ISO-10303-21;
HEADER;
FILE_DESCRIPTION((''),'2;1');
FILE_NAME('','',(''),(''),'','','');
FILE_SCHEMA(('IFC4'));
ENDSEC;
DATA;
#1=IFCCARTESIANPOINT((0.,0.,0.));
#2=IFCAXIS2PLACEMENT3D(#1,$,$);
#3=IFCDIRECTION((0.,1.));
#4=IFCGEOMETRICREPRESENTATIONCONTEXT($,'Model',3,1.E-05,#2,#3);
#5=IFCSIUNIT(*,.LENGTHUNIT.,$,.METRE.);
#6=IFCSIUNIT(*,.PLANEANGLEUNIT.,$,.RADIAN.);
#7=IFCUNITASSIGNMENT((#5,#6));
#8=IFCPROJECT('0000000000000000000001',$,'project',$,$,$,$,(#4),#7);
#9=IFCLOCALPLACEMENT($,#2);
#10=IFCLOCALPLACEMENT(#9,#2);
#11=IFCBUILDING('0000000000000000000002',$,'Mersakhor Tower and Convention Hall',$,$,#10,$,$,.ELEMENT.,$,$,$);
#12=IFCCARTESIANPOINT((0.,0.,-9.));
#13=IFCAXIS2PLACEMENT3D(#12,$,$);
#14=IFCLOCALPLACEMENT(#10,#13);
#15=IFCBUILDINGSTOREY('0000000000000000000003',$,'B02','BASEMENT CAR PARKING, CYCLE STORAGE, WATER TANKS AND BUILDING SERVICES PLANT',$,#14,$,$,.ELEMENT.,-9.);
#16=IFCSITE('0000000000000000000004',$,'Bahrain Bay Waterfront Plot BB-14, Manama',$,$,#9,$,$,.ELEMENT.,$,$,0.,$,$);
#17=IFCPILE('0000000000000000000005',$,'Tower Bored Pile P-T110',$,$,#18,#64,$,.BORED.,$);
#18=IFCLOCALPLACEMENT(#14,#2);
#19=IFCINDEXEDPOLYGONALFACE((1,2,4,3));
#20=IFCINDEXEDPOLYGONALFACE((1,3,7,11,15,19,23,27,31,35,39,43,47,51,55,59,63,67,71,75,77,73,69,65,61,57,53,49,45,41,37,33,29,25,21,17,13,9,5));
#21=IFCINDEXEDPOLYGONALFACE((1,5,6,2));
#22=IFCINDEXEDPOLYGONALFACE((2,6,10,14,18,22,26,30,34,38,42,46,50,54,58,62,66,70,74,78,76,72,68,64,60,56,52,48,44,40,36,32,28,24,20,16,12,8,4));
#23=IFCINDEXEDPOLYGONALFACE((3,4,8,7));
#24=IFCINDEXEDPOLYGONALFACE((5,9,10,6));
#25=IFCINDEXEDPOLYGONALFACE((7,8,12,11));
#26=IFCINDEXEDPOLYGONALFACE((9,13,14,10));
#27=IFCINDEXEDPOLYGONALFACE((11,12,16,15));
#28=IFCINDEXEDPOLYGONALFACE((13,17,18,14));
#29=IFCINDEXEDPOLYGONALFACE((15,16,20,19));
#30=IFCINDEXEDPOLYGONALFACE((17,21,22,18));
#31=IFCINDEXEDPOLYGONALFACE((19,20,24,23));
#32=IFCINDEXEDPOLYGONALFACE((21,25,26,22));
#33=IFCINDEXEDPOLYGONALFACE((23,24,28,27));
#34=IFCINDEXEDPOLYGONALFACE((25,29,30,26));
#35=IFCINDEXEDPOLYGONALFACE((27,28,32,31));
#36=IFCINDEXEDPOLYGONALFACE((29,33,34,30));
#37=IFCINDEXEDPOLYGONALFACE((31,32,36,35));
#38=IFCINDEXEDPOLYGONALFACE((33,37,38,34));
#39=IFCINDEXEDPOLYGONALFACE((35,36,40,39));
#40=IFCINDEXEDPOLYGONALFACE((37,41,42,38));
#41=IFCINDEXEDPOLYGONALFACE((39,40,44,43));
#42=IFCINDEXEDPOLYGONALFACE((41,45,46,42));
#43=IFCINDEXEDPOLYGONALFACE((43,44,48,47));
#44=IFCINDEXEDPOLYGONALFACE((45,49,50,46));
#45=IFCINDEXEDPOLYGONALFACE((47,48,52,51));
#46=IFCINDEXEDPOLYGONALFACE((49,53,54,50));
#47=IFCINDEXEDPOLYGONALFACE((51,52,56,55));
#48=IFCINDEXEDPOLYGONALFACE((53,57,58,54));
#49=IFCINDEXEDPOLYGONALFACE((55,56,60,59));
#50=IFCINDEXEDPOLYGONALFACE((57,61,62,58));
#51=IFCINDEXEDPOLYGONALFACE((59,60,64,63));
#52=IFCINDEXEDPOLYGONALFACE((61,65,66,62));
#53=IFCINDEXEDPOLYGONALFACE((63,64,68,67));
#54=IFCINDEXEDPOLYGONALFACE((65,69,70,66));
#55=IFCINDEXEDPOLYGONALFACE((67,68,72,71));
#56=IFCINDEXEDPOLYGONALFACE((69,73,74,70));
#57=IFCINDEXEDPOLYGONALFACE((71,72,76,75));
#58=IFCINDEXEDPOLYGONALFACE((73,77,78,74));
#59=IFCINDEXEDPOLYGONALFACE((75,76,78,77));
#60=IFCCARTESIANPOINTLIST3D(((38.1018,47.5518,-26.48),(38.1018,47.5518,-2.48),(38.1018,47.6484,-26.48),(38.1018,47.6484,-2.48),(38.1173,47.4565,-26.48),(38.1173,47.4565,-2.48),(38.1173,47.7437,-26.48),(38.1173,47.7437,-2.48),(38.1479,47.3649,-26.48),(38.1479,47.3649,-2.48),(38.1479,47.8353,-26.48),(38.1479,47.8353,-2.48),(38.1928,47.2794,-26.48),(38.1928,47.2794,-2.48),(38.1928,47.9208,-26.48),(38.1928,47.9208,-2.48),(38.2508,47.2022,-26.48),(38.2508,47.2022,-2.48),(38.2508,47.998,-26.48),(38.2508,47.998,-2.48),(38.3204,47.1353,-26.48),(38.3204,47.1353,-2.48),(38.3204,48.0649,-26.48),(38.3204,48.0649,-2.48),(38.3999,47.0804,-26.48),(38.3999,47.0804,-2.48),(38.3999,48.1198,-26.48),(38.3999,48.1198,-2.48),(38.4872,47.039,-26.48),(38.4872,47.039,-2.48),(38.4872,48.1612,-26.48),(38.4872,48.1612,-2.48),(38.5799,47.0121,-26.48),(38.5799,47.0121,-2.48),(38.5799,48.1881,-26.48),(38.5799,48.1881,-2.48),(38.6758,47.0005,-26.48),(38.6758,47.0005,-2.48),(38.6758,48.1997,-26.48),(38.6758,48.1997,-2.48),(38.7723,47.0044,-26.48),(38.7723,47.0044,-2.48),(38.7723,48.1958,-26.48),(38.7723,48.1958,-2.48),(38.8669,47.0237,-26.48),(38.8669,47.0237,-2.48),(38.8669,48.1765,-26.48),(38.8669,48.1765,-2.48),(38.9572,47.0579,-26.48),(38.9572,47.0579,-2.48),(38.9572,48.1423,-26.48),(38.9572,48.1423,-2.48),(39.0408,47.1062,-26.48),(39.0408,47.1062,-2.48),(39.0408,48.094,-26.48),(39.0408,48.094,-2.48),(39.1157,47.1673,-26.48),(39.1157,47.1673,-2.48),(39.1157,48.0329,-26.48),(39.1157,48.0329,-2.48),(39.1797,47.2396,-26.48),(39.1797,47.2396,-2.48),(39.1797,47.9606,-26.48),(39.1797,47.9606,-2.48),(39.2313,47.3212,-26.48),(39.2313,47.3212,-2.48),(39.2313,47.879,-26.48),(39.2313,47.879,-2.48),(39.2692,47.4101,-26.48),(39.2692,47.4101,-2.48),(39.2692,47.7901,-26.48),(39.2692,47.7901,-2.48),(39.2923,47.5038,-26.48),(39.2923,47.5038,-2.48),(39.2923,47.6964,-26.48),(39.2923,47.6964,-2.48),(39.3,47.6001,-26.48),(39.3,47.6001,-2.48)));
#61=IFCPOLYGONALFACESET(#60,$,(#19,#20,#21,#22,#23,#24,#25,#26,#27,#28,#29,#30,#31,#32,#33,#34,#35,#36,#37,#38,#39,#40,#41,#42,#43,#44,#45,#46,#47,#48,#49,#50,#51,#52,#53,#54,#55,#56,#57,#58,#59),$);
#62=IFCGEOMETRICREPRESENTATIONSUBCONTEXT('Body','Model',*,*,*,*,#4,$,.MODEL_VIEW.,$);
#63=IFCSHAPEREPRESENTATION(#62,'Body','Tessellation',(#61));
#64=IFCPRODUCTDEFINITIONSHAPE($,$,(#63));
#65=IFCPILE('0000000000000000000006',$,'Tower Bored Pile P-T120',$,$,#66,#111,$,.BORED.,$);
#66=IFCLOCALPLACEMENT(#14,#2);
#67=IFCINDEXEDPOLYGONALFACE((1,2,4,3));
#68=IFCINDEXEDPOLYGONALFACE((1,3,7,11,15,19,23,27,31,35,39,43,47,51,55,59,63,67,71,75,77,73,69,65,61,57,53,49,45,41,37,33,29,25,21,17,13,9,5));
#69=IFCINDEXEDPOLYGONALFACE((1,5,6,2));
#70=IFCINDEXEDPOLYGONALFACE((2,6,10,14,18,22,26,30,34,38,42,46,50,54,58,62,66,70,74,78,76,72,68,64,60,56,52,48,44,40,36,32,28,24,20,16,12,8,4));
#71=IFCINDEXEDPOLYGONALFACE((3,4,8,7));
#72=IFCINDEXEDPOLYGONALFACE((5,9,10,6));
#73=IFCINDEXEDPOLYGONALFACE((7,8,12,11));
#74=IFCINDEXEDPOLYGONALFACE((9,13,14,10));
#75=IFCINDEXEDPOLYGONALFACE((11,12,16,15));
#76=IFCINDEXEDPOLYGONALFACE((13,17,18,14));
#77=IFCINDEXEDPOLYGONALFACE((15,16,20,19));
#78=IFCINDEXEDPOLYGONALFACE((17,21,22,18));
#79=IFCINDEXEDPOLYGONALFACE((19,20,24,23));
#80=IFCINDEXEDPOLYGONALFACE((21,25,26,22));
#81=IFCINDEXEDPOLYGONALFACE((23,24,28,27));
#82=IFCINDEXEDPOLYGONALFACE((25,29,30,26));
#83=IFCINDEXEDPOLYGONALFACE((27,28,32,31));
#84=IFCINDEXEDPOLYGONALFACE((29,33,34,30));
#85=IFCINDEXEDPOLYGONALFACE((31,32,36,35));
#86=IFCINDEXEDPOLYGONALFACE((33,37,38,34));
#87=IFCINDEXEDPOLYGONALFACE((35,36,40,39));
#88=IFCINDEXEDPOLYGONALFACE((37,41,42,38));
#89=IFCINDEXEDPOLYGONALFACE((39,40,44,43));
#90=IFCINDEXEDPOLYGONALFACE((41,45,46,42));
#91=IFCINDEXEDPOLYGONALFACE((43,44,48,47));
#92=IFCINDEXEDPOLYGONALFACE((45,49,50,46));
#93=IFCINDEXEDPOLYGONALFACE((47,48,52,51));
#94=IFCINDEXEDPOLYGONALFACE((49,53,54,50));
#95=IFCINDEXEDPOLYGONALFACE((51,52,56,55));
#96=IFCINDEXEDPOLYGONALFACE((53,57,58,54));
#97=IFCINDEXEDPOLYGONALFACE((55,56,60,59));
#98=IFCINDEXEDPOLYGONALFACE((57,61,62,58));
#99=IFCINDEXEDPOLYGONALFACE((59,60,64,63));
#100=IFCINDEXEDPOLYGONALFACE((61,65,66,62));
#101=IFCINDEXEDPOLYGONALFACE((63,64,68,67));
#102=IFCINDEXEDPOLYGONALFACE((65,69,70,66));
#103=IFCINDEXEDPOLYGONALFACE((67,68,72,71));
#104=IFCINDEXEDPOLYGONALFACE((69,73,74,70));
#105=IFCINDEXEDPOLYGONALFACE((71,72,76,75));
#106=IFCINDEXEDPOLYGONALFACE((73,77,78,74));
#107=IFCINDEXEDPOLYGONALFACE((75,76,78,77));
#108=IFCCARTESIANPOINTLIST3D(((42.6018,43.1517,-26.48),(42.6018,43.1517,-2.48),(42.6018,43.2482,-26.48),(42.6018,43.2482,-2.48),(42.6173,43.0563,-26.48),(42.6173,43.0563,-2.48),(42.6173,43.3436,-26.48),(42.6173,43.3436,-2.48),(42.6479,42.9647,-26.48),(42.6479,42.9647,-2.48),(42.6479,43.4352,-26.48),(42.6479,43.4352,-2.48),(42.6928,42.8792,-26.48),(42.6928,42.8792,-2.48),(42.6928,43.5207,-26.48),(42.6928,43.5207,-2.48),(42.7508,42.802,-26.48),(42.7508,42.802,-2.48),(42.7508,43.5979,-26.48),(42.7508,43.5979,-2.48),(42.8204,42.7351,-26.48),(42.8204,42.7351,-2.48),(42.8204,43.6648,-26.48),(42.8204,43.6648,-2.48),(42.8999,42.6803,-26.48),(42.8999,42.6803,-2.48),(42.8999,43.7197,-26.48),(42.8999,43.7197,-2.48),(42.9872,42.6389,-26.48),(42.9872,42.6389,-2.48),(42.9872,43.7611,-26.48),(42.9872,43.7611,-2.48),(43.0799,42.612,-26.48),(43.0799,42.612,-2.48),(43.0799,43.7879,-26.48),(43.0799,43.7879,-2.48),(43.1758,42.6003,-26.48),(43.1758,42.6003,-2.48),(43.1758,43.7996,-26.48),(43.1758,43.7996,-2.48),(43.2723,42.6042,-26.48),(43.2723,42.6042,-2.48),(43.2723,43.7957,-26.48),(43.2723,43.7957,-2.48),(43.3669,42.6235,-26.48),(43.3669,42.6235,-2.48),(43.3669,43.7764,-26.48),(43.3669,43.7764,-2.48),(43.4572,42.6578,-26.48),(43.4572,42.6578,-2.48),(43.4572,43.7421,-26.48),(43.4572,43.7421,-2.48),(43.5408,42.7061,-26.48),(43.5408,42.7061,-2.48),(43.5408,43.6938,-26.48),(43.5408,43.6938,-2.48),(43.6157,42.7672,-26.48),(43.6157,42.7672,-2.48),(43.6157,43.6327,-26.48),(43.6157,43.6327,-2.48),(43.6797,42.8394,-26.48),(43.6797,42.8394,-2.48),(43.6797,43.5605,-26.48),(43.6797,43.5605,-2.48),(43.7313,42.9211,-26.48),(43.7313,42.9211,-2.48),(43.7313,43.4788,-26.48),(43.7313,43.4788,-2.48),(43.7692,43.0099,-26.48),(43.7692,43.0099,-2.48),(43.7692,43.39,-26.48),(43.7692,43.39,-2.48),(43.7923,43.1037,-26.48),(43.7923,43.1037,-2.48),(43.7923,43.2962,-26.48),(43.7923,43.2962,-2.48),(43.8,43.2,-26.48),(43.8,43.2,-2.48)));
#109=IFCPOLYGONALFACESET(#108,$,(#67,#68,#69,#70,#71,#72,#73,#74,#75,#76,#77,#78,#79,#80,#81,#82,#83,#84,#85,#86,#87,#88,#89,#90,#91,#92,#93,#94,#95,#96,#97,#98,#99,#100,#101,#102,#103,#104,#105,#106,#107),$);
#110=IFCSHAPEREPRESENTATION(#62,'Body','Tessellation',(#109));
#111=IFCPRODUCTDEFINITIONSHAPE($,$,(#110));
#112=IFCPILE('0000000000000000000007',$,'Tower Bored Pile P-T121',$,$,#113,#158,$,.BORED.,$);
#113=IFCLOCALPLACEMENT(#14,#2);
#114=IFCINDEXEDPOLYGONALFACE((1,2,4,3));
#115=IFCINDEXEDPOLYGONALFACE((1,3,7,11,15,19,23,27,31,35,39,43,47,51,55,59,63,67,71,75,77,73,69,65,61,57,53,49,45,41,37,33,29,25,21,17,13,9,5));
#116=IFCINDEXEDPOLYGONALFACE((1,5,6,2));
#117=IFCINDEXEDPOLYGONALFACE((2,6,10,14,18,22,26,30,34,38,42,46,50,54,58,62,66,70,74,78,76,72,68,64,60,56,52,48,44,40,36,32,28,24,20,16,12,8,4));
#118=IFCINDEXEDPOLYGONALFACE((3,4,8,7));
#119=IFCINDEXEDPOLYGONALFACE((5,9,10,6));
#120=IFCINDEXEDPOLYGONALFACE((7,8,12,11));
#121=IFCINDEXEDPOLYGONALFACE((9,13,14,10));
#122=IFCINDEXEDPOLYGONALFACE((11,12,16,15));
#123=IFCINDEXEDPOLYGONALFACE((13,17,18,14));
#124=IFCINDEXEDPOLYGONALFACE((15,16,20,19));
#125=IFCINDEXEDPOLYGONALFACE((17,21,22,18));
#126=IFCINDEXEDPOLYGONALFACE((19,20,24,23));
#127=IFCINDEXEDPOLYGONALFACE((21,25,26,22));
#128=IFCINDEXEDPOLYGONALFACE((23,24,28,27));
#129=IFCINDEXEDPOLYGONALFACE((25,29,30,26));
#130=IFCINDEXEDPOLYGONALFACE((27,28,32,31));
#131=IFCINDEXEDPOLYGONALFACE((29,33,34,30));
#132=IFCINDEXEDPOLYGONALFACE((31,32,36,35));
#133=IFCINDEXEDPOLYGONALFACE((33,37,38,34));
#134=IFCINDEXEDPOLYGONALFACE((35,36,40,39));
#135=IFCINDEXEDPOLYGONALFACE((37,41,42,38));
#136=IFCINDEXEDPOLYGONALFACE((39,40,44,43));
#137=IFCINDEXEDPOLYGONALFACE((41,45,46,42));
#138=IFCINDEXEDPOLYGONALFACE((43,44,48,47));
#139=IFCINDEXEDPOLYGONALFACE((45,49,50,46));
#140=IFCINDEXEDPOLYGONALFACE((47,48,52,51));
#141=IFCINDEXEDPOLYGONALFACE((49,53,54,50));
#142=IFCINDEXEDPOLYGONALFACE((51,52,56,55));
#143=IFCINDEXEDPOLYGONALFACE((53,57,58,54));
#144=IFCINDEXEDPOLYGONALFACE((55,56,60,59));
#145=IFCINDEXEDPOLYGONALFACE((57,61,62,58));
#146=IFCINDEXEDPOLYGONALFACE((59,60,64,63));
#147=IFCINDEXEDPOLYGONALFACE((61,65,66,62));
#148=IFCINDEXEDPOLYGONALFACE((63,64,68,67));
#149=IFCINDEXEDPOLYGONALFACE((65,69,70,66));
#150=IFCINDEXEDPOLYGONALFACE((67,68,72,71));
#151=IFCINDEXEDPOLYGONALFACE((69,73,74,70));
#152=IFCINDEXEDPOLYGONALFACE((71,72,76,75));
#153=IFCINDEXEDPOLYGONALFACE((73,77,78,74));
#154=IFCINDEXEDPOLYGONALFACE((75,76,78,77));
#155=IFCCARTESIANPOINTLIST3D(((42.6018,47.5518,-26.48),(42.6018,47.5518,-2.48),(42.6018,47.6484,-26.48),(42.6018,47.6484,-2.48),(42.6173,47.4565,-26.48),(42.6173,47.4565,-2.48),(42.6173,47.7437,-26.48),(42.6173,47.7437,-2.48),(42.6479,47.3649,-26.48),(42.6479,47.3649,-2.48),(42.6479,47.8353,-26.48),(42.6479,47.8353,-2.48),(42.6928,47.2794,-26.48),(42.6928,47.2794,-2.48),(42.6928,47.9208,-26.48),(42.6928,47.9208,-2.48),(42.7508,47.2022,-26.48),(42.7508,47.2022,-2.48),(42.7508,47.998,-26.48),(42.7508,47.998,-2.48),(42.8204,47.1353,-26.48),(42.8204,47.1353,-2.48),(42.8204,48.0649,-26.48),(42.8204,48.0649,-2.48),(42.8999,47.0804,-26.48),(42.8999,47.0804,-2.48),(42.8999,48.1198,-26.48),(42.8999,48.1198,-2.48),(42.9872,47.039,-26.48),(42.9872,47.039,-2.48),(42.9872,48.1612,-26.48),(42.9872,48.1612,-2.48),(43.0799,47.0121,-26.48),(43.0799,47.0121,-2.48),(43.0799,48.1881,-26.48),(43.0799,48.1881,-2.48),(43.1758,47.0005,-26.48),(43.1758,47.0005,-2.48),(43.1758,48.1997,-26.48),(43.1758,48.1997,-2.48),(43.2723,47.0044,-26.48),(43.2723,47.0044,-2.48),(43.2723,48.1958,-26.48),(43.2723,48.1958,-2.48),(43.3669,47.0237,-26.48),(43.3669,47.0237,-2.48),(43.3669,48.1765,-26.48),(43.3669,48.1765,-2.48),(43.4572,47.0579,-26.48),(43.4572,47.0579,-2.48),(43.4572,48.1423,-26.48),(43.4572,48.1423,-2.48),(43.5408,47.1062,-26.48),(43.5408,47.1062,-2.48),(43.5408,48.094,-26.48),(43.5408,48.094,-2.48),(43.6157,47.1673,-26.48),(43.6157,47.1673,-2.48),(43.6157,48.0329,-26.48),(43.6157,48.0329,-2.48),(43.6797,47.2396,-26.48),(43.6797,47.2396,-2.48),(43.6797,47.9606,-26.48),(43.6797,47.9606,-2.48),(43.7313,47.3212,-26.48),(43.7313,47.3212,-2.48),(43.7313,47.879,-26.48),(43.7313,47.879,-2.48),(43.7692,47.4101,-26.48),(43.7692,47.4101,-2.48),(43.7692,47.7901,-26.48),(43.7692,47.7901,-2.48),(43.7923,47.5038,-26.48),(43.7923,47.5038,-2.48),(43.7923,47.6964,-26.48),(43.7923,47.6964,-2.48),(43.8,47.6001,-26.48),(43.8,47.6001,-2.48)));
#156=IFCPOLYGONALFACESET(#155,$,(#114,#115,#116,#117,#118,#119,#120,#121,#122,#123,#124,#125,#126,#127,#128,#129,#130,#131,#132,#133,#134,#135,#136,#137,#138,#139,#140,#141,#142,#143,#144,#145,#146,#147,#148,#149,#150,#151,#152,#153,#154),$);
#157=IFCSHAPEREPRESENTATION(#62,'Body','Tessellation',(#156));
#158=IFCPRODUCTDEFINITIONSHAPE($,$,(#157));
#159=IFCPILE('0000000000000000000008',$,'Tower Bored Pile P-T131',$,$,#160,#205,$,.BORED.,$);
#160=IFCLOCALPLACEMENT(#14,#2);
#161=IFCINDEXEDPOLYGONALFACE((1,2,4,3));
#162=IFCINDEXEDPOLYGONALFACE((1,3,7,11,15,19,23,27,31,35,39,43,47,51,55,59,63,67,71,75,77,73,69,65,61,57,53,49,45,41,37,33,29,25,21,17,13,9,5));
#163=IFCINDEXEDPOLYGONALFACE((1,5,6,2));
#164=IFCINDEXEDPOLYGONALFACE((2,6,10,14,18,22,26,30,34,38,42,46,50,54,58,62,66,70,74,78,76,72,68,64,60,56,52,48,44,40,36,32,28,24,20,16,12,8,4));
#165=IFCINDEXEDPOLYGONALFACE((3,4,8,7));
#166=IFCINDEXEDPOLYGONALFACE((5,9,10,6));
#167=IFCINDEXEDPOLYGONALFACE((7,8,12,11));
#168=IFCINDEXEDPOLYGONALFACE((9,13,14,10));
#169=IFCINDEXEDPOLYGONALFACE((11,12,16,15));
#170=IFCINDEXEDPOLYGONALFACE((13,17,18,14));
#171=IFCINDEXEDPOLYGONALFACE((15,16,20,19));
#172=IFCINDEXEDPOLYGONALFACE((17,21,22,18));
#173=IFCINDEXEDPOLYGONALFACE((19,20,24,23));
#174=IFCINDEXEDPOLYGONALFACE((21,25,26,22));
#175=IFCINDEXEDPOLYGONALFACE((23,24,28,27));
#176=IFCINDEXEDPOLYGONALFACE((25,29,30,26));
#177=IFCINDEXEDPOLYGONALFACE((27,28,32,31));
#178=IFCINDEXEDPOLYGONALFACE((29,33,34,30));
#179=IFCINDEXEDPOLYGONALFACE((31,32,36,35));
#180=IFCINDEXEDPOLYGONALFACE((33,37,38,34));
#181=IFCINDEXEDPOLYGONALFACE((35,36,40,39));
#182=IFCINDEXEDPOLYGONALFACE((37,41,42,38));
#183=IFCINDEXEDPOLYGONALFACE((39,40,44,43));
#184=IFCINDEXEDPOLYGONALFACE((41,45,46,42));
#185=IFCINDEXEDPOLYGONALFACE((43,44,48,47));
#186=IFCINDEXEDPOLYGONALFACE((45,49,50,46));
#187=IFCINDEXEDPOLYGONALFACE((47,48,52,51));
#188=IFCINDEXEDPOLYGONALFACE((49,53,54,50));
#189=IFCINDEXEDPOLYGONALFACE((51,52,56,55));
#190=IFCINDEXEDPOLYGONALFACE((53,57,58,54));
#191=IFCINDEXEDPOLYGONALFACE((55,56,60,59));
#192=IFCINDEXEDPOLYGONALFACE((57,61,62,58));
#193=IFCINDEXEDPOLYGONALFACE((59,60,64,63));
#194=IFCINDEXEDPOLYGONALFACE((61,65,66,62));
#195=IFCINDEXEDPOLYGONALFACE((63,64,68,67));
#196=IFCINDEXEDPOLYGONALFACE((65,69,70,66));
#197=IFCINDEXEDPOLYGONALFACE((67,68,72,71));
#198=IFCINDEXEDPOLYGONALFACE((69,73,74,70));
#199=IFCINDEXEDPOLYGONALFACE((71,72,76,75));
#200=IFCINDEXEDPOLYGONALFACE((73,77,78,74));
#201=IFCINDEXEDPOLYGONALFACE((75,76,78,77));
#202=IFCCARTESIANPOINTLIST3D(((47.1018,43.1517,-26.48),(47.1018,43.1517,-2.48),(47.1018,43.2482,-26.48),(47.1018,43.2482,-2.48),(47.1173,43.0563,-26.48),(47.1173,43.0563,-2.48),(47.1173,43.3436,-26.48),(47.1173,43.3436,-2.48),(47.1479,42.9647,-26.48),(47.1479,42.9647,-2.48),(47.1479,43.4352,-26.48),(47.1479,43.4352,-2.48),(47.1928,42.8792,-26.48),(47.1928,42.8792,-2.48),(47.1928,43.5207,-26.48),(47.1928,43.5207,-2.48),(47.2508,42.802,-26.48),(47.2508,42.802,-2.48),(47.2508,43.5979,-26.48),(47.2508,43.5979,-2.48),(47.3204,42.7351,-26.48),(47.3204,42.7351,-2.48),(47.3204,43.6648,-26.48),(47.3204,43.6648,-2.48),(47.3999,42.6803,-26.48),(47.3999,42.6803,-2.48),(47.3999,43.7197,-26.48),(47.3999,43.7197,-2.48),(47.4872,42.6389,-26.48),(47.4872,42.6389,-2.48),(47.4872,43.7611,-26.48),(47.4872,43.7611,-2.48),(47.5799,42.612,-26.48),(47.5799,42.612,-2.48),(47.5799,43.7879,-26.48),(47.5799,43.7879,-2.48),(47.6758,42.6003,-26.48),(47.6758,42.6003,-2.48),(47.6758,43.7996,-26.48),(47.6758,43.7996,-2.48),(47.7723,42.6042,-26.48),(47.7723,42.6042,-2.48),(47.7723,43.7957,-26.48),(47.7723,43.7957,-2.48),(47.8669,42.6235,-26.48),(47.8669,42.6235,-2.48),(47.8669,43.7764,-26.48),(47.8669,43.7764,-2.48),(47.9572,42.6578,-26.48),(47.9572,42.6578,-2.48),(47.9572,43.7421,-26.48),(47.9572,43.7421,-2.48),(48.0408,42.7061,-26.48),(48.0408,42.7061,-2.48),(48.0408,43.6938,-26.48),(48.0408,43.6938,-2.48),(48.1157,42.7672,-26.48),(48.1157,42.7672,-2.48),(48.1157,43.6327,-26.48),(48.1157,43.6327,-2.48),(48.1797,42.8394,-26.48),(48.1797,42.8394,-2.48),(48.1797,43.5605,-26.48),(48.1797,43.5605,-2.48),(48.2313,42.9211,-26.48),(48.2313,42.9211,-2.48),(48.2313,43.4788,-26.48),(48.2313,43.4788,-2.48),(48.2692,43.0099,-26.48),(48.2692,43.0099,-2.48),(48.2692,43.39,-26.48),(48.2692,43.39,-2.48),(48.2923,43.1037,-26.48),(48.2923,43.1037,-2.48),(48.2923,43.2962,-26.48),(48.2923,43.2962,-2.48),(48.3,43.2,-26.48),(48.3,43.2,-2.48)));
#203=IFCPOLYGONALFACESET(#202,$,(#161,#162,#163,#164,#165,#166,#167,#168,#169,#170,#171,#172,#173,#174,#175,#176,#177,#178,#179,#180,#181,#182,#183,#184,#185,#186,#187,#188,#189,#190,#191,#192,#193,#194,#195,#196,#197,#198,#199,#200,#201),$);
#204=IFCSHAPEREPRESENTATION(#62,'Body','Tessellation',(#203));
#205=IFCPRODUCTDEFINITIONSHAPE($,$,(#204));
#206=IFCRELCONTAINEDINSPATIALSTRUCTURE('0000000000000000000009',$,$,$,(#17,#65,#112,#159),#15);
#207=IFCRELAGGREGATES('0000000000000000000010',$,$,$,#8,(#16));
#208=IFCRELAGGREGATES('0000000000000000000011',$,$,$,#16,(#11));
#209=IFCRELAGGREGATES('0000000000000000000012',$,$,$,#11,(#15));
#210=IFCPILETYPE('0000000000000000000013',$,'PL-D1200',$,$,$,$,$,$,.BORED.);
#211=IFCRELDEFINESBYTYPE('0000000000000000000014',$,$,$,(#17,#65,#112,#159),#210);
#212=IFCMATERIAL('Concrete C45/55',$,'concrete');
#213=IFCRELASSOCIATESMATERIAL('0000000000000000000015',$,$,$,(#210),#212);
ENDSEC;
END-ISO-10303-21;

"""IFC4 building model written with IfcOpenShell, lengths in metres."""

from ifc_helpers import new_model, si_unit, direction, frame, origin, origin_2d, place, context, subcontext, project, spatial, circle, extrude, material, material_profile, profile_set, type_object, element, save


model = new_model("IFC4")

# Units and contexts
model_context = context("Model", 3, precision=1e-05, world=origin(), true_north=direction((0.0, 1.0)))
body_context = subcontext(model_context, "Body", "Model", "MODEL_VIEW")
ifc_project = project(units=[si_unit("LENGTHUNIT", "METRE"), si_unit("PLANEANGLEUNIT", "RADIAN")], contexts=[model_context])

# Site, building, storey
site_placement = place(None, origin())
site = spatial("IfcSite", under=ifc_project, at=site_placement, Name="Bahrain Bay Waterfront Plot BB-14, Manama", CompositionType="ELEMENT", RefElevation=0.0)
building_placement = place(site_placement, origin())
building = spatial("IfcBuilding", under=site, at=building_placement, Name="Mersakhor Tower and Convention Hall", CompositionType="ELEMENT")
storey_placement = place(building_placement, frame((0.0, 0.0, -9.0)))
storey = spatial("IfcBuildingStorey", under=building, at=storey_placement, Name="B02", Description="BASEMENT CAR PARKING, CYCLE STORAGE, WATER TANKS AND BUILDING SERVICES PLANT", CompositionType="ELEMENT", Elevation=-9.0)

# Piles
ifc_material_1 = material(Name="Concrete C45/55", Category="concrete")
ifc_material_profile_1 = material_profile(ifc_material_1, circle(Radius=0.6001, at=origin_2d()), Name="PILE D1200")
ifc_profile_set_1 = profile_set([ifc_material_profile_1], Name="Concrete C45/55")
pile_type_1 = type_object("IfcPileType", Name="PL-D1200", PredefinedType="BORED", material=ifc_profile_set_1)
for number, where, z_axis, x_axis, name in (
    (1, (38.7, 47.6001, -2.48), (0.0, 0.0, -1.0), (1.0, 0.0, 0.0), "Tower Bored Pile P-T110"),
    (2, (43.2, 43.2, -2.48), (0.0, 0.0, -1.0), (1.0, 0.0, 0.0), "Tower Bored Pile P-T120"),
    (3, (43.2, 47.6001, -2.48), (0.0, 0.0, -1.0), (1.0, 0.0, 0.0), "Tower Bored Pile P-T121"),
    (4, (47.7, 43.2, -2.48), (0.0, 0.0, -1.0), (1.0, 0.0, 0.0), "Tower Bored Pile P-T131"),
):
    element("IfcPile", number, at=place(storey_placement, frame(where, z_axis=z_axis, x_axis=x_axis)), inside=storey, type_object=pile_type_1, Name=name, PredefinedType="BORED", context=body_context, shape_type="SweptSolid", body=[
        extrude(circle(Radius=0.6001, at=origin_2d()), origin(), (0.0, 0.0, 1.0), 24.0),
    ])

save(model, "model.ifc")
